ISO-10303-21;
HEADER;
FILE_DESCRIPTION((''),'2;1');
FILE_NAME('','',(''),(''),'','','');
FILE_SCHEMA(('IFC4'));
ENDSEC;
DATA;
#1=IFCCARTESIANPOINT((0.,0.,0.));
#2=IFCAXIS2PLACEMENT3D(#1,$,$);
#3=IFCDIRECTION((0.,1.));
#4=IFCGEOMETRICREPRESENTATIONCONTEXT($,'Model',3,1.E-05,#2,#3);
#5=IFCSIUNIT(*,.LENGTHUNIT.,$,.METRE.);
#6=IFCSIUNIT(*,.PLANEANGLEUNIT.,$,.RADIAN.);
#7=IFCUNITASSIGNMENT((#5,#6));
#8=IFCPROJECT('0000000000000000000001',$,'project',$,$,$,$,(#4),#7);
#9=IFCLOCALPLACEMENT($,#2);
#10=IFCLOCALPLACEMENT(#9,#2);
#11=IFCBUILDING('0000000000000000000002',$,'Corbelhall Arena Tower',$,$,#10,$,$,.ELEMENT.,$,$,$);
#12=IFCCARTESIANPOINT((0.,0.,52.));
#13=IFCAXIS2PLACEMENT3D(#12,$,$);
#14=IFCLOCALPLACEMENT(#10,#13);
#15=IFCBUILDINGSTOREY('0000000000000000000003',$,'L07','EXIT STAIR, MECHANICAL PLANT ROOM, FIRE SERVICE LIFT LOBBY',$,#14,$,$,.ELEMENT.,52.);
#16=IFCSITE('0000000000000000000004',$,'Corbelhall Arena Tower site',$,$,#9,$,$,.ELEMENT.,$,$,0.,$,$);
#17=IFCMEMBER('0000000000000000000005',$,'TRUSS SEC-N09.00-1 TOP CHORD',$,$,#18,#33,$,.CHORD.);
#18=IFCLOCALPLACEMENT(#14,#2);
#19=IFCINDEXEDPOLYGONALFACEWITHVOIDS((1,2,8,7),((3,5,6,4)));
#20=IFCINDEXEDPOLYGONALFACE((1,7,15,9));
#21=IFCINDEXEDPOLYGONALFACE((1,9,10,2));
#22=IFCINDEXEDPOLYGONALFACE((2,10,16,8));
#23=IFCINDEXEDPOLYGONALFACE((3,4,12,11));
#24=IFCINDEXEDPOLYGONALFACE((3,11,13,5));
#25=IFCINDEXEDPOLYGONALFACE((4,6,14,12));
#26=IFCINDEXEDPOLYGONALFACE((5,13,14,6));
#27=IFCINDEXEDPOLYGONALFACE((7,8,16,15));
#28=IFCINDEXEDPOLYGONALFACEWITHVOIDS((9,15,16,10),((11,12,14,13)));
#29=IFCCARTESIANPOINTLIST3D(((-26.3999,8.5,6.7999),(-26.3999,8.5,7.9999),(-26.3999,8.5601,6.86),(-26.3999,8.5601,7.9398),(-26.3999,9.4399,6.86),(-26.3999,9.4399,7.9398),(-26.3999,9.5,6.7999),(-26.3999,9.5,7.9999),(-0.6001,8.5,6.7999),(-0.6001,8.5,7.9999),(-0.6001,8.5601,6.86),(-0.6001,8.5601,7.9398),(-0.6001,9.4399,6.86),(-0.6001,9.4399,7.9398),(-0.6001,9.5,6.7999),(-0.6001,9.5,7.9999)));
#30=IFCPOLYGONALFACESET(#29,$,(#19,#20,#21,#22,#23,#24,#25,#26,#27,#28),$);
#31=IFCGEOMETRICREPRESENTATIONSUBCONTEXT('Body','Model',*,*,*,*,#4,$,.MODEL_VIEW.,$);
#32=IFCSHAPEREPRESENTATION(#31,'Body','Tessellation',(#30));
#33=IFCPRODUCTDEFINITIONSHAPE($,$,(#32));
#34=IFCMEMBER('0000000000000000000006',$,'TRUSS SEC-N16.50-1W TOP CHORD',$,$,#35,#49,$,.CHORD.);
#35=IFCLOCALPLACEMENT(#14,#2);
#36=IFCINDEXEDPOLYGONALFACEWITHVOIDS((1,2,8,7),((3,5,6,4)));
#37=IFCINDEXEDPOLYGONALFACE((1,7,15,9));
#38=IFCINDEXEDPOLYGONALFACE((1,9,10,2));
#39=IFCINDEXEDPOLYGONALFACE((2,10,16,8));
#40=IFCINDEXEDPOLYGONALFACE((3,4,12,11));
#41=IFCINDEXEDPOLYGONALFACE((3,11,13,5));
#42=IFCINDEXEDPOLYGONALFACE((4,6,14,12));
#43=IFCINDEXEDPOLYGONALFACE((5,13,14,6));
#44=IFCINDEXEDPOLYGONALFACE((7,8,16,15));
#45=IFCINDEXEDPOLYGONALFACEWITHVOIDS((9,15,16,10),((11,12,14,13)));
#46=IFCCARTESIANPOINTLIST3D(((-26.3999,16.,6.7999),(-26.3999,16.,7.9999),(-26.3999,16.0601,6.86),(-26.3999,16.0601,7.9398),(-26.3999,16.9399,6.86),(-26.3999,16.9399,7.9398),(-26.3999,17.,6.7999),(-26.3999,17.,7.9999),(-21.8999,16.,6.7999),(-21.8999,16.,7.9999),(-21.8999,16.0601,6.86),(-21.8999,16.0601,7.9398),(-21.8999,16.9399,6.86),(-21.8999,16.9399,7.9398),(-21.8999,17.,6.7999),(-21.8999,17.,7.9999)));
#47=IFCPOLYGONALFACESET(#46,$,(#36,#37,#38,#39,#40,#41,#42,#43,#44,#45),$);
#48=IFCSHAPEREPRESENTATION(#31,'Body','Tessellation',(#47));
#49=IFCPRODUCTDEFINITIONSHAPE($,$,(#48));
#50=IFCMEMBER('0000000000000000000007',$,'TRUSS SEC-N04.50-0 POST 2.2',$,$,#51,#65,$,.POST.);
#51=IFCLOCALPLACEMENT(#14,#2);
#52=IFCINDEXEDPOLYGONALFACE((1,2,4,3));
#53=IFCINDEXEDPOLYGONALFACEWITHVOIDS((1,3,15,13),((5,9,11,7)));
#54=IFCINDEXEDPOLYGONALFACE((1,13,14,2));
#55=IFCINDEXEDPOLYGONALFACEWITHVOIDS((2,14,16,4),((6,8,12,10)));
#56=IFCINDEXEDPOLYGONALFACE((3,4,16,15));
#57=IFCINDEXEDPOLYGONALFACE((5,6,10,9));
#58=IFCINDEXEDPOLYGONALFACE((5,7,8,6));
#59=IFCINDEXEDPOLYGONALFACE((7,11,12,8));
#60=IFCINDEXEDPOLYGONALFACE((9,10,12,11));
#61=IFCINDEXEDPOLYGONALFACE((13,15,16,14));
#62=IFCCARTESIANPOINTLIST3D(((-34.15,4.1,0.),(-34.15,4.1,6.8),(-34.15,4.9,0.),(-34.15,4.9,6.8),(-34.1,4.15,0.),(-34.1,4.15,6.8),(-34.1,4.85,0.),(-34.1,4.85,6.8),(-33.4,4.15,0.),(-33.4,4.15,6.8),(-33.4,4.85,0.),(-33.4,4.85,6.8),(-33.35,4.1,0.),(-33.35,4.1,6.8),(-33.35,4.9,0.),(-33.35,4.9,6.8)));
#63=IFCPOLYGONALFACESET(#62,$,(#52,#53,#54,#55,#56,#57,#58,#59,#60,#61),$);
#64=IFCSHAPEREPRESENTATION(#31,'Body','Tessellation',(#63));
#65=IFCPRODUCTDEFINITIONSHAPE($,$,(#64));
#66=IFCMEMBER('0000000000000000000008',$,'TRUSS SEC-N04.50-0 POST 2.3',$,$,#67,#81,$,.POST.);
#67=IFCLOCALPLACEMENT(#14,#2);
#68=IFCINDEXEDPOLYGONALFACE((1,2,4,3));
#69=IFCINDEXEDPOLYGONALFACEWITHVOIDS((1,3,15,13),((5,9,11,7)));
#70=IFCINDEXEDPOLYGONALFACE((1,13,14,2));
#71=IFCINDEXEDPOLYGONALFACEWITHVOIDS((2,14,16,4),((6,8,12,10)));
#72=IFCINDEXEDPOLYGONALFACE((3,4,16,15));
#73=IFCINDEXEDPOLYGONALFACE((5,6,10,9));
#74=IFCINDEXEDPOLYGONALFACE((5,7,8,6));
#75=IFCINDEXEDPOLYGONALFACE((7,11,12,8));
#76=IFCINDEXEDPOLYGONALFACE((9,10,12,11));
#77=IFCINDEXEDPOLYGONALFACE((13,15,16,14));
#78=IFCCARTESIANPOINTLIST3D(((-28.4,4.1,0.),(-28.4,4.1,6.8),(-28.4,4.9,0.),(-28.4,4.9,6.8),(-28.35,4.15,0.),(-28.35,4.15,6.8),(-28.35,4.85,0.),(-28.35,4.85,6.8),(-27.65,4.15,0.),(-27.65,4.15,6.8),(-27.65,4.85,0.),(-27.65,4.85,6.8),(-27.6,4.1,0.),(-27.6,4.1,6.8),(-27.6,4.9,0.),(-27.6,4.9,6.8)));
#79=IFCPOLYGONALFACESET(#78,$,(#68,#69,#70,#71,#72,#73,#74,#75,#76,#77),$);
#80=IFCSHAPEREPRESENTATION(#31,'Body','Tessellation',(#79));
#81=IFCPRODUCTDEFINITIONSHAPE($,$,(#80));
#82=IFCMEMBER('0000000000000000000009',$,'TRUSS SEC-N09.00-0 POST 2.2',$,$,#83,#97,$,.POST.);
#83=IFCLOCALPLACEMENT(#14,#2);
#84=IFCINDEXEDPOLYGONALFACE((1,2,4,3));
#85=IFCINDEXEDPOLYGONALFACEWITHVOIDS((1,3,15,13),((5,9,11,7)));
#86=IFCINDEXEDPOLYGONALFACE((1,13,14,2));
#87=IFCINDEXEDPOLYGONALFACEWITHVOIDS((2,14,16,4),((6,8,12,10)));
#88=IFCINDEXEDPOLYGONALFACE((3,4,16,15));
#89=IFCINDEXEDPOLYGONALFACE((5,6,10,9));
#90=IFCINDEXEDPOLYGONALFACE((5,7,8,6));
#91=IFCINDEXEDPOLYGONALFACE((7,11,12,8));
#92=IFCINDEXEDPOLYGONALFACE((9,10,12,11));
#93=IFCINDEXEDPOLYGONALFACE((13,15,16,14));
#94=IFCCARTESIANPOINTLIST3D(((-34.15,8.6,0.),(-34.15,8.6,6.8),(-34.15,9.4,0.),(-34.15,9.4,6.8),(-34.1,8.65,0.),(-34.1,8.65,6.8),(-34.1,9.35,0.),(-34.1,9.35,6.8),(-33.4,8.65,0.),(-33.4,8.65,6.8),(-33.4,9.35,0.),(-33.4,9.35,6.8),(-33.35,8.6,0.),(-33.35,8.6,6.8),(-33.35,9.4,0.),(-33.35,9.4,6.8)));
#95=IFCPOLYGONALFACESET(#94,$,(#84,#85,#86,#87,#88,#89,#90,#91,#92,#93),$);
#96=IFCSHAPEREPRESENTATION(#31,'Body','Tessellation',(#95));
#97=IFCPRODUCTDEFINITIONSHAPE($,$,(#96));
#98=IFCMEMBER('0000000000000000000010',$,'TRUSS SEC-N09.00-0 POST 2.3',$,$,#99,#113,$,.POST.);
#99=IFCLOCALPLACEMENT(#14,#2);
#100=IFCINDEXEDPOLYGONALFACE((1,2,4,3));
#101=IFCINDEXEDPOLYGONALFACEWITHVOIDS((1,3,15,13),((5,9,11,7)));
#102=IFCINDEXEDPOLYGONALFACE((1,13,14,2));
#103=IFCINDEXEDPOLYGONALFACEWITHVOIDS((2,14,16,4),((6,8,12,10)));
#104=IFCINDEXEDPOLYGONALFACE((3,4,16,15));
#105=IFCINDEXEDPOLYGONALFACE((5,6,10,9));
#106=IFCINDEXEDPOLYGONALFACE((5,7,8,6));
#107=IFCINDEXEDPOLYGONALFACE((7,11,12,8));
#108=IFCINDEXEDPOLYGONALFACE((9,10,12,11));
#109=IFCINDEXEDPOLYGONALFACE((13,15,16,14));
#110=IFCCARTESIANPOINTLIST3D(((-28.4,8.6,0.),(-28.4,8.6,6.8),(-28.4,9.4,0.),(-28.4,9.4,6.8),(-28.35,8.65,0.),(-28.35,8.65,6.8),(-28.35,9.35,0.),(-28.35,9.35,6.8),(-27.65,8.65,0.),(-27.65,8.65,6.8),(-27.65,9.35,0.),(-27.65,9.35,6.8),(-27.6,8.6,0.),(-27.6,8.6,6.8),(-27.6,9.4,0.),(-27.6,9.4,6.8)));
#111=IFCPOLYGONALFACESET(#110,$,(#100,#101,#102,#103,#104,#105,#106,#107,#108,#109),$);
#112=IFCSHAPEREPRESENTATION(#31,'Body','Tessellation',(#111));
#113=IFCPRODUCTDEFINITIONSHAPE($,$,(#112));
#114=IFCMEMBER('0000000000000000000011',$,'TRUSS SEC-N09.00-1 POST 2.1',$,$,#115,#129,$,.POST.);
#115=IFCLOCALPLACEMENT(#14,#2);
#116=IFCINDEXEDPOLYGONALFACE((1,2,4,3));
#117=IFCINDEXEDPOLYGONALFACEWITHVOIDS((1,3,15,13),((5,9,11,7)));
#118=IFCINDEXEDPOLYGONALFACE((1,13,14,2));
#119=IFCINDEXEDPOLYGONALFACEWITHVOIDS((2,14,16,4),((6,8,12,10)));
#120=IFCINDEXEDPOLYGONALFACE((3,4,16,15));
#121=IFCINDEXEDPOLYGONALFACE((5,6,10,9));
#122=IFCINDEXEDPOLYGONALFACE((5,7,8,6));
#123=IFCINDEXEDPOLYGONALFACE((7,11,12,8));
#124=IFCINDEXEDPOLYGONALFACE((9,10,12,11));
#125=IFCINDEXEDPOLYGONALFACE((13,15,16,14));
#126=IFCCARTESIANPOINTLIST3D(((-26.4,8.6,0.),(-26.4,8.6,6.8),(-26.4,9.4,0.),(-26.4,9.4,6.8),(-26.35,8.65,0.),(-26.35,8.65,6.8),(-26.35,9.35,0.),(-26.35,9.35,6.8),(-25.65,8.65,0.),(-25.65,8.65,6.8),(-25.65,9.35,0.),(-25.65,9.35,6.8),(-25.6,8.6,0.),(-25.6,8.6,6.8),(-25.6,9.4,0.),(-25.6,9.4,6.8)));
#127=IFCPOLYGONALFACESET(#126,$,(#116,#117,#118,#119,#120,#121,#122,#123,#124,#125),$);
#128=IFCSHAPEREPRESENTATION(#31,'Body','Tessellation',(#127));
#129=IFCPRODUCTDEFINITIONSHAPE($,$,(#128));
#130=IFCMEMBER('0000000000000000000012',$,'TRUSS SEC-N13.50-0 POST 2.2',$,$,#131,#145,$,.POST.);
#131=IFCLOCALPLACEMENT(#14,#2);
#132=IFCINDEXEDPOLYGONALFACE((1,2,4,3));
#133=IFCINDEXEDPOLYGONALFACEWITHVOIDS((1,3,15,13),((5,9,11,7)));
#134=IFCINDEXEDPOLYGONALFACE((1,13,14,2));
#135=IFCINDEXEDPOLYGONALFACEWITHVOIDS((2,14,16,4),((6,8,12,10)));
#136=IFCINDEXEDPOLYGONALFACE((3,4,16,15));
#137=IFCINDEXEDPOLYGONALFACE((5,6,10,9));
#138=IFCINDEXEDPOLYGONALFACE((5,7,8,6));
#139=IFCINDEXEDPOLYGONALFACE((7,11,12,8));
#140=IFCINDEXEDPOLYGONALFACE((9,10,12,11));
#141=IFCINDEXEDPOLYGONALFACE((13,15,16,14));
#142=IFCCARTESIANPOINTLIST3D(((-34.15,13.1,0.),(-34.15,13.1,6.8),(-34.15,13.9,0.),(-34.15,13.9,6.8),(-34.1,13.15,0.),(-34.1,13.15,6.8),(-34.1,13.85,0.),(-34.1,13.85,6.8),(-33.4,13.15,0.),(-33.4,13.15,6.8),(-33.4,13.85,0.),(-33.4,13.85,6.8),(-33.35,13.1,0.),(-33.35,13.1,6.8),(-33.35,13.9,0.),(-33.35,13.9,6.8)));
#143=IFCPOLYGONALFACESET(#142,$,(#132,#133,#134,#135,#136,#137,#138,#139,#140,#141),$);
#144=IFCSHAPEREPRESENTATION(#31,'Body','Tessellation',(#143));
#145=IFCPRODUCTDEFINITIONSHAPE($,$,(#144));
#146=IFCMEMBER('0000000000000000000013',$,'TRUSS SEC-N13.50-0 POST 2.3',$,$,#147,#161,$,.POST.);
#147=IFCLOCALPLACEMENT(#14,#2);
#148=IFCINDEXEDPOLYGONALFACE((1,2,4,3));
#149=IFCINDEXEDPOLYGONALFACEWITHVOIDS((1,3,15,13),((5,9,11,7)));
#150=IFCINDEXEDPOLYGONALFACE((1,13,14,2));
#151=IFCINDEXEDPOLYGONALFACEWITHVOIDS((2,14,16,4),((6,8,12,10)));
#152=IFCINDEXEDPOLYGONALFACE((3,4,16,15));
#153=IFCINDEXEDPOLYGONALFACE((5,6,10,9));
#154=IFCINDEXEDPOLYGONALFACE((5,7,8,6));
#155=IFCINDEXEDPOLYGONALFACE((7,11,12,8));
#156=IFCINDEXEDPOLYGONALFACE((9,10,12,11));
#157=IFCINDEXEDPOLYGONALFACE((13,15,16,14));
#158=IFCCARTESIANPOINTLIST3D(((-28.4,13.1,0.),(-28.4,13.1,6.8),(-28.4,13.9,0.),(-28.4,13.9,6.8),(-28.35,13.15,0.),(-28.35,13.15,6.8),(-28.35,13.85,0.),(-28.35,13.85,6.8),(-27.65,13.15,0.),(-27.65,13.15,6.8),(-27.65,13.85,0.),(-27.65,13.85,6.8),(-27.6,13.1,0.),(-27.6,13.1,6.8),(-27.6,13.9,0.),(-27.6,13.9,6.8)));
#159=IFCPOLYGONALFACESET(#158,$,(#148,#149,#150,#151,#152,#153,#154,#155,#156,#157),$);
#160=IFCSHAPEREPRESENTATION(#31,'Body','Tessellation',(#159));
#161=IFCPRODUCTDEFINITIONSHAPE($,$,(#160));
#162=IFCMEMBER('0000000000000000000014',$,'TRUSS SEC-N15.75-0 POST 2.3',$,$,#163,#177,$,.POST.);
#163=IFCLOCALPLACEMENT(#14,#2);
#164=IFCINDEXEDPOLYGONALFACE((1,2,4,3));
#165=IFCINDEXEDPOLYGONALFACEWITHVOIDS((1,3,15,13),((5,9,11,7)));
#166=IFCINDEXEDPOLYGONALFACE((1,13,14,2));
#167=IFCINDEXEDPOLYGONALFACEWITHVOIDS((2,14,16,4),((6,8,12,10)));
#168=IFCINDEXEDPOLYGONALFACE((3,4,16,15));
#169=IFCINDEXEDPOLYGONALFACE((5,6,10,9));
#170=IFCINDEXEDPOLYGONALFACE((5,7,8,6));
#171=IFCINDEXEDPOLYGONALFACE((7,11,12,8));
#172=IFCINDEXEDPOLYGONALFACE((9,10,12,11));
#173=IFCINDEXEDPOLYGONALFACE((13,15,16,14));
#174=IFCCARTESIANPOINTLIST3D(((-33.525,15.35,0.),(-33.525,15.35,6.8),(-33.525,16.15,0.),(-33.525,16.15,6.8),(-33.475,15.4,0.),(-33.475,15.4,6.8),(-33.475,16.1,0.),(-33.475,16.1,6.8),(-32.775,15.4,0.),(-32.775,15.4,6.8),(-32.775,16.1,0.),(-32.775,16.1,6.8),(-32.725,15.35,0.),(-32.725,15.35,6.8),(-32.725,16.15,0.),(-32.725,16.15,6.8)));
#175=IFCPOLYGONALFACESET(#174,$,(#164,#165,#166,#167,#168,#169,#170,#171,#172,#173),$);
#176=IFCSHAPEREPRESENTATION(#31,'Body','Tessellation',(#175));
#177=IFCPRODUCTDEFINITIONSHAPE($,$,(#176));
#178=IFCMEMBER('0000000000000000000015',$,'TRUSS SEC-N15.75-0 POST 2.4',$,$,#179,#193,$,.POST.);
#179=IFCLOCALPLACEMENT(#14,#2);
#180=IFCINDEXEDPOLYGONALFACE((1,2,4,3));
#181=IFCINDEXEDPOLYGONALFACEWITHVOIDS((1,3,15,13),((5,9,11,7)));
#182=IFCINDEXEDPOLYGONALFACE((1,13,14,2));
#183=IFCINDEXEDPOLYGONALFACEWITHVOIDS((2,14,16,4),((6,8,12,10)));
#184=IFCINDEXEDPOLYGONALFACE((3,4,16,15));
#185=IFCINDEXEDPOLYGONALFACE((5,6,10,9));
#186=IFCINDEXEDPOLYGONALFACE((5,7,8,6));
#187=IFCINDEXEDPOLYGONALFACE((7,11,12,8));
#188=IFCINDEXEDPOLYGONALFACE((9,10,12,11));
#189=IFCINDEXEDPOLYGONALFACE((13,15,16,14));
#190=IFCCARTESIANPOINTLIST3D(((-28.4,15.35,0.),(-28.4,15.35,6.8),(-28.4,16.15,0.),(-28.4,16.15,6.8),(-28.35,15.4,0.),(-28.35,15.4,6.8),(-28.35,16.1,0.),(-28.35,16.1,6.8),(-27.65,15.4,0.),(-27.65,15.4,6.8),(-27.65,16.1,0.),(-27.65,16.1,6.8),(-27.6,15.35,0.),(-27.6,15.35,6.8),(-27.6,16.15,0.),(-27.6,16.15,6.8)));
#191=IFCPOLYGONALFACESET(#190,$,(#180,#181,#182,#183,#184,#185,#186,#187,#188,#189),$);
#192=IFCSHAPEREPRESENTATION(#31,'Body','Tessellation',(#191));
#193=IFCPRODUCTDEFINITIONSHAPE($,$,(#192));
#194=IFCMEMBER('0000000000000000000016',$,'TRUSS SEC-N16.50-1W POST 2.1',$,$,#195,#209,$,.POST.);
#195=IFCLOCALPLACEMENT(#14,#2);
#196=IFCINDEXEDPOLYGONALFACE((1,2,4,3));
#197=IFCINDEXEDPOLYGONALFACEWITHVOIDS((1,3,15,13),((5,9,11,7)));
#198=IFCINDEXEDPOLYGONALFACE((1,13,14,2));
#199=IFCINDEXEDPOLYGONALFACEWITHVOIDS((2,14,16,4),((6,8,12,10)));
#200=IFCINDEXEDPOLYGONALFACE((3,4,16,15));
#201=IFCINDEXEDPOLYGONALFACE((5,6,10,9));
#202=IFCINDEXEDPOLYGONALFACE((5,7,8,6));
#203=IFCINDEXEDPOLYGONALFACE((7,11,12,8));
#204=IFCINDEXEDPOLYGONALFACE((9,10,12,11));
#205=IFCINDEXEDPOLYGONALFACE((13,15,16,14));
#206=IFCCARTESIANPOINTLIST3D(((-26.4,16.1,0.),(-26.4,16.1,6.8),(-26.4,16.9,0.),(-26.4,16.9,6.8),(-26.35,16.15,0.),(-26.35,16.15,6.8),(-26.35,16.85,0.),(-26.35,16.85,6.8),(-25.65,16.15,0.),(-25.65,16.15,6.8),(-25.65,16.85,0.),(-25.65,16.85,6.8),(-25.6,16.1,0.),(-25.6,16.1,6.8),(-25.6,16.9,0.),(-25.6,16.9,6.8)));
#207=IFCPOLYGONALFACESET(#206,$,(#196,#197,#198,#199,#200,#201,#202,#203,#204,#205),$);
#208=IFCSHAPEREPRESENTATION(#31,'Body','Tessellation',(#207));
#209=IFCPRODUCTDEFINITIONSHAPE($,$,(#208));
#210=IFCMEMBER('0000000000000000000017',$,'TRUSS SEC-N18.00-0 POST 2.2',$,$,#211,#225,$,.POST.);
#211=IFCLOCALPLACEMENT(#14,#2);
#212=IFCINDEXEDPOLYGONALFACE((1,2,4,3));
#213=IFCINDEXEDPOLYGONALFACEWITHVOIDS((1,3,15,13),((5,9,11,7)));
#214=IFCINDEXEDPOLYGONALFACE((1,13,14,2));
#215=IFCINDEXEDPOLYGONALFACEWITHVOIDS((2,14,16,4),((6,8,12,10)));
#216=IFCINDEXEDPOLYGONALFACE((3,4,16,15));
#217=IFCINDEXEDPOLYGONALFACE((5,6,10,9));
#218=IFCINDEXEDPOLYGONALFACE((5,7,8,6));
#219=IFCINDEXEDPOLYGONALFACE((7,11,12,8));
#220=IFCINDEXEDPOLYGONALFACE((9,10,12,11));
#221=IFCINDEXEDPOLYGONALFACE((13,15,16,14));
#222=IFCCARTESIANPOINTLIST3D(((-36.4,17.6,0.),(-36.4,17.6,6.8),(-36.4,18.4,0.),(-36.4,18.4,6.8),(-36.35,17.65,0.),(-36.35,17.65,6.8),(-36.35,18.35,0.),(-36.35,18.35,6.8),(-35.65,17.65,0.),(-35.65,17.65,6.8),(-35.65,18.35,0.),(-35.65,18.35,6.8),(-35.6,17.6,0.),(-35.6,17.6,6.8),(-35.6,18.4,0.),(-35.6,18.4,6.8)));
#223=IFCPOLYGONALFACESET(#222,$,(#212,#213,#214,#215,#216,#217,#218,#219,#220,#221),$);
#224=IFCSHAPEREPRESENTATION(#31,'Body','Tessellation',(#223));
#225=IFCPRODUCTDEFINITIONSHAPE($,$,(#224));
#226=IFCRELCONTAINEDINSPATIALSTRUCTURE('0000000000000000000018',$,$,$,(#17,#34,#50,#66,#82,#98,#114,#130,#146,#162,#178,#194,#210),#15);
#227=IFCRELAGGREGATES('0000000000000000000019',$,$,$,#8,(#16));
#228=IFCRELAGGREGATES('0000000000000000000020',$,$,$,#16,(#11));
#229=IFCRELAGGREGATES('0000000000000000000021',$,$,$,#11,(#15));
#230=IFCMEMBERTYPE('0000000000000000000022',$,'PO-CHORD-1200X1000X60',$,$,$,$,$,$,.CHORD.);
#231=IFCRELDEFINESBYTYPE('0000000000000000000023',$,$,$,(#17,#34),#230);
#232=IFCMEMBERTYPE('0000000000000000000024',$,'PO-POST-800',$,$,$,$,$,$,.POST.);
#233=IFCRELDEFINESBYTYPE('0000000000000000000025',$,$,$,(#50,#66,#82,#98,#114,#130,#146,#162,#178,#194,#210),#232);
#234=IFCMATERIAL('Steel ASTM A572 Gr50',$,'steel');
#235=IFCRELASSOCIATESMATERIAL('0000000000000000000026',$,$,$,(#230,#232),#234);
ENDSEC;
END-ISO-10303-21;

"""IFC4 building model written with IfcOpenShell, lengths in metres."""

from ifc_helpers import new_model, si_unit, direction, frame, origin, origin_2d, place, context, subcontext, project, spatial, hollow_rectangle, extrude, material, material_profile, profile_set, type_object, element, save


model = new_model("IFC4")

# Units and contexts
model_context = context("Model", 3, precision=1e-05, world=origin(), true_north=direction((0.0, 1.0)))
body_context = subcontext(model_context, "Body", "Model", "MODEL_VIEW")
ifc_project = project(units=[si_unit("LENGTHUNIT", "METRE"), si_unit("PLANEANGLEUNIT", "RADIAN")], contexts=[model_context])

# Site, building, storey
site_placement = place(None, origin())
site = spatial("IfcSite", under=ifc_project, at=site_placement, Name="Corbelhall Arena Tower site", CompositionType="ELEMENT", RefElevation=0.0)
building_placement = place(site_placement, origin())
building = spatial("IfcBuilding", under=site, at=building_placement, Name="Corbelhall Arena Tower", CompositionType="ELEMENT")
storey_placement = place(building_placement, frame((0.0, 0.0, 52.0)))
storey = spatial("IfcBuildingStorey", under=building, at=storey_placement, Name="L07", Description="EXIT STAIR, MECHANICAL PLANT ROOM, FIRE SERVICE LIFT LOBBY", CompositionType="ELEMENT", Elevation=52.0)

# Members
ifc_material = material(Name="Steel ASTM A572 Gr50", Category="steel")
ifc_material_profile_1 = material_profile(ifc_material, hollow_rectangle(XDim=1.0, YDim=1.2, WallThickness=0.0601, at=origin_2d()))
ifc_profile_set_1 = profile_set([ifc_material_profile_1], Name="Steel ASTM A572 Gr50")
member_type_1 = type_object("IfcMemberType", Name="PO-CHORD-1200X1000X60", PredefinedType="CHORD", material=ifc_profile_set_1)
member_1_placement = place(storey_placement, frame((-26.3999, 9.0, 7.3999), z_axis=(1.0, 0.0, 0.0), x_axis=(0.0, 1.0, 0.0)))
element("IfcMember", 1, at=member_1_placement, inside=storey, type_object=member_type_1, Name="TRUSS SEC-N09.00-1 TOP CHORD", PredefinedType="CHORD", context=body_context, shape_type="SweptSolid", body=[
    extrude(hollow_rectangle(XDim=1.0, YDim=1.2, WallThickness=0.0601, at=origin_2d()), origin(), (0.0, 0.0, 1.0), 25.7998),
])
member_2_placement = place(storey_placement, frame((-26.3999, 16.5, 7.3999), z_axis=(1.0, 0.0, 0.0), x_axis=(0.0, 1.0, 0.0)))
element("IfcMember", 2, at=member_2_placement, inside=storey, type_object=member_type_1, Name="TRUSS SEC-N16.50-1W TOP CHORD", PredefinedType="CHORD", context=body_context, shape_type="SweptSolid", body=[
    extrude(hollow_rectangle(XDim=1.0, YDim=1.2, WallThickness=0.0601, at=origin_2d()), origin(), (0.0, 0.0, 1.0), 4.5),
])
ifc_material_profile_2 = material_profile(ifc_material, hollow_rectangle(XDim=0.8, YDim=0.8, WallThickness=0.05, at=origin_2d()))
ifc_profile_set_2 = profile_set([ifc_material_profile_2], Name="Steel ASTM A572 Gr50")
member_type_2 = type_object("IfcMemberType", Name="PO-POST-800", PredefinedType="POST", material=ifc_profile_set_2)
for number, where, z_axis, x_axis, name in (
    (3, (-33.75, 4.5, 0.0), (0.0, 0.0, 1.0), (1.0, 0.0, 0.0), "TRUSS SEC-N04.50-0 POST 2.2"),
    (4, (-28.0, 4.5, 0.0), (0.0, 0.0, 1.0), (1.0, 0.0, 0.0), "TRUSS SEC-N04.50-0 POST 2.3"),
    (5, (-33.75, 9.0, 0.0), (0.0, 0.0, 1.0), (1.0, 0.0, 0.0), "TRUSS SEC-N09.00-0 POST 2.2"),
    (6, (-28.0, 9.0, 0.0), (0.0, 0.0, 1.0), (1.0, 0.0, 0.0), "TRUSS SEC-N09.00-0 POST 2.3"),
    (7, (-26.0, 9.0, 0.0), (0.0, 0.0, 1.0), (1.0, 0.0, 0.0), "TRUSS SEC-N09.00-1 POST 2.1"),
    (8, (-33.75, 13.5, 0.0), (0.0, 0.0, 1.0), (1.0, 0.0, 0.0), "TRUSS SEC-N13.50-0 POST 2.2"),
    (9, (-28.0, 13.5, 0.0), (0.0, 0.0, 1.0), (1.0, 0.0, 0.0), "TRUSS SEC-N13.50-0 POST 2.3"),
    (10, (-33.125, 15.75, 0.0), (0.0, 0.0, 1.0), (1.0, 0.0, 0.0), "TRUSS SEC-N15.75-0 POST 2.3"),
    (11, (-28.0, 15.75, 0.0), (0.0, 0.0, 1.0), (1.0, 0.0, 0.0), "TRUSS SEC-N15.75-0 POST 2.4"),
    (12, (-26.0, 16.5, 0.0), (0.0, 0.0, 1.0), (1.0, 0.0, 0.0), "TRUSS SEC-N16.50-1W POST 2.1"),
    (13, (-36.0, 18.0, 0.0), (0.0, 0.0, 1.0), (1.0, 0.0, 0.0), "TRUSS SEC-N18.00-0 POST 2.2"),
):
    element("IfcMember", number, at=place(storey_placement, frame(where, z_axis=z_axis, x_axis=x_axis)), inside=storey, type_object=member_type_2, Name=name, PredefinedType="POST", context=body_context, shape_type="SweptSolid", body=[
        extrude(hollow_rectangle(XDim=0.8, YDim=0.8, WallThickness=0.05, at=origin_2d()), origin(), (0.0, 0.0, 1.0), 6.8),
    ])

save(model, "model.ifc")
